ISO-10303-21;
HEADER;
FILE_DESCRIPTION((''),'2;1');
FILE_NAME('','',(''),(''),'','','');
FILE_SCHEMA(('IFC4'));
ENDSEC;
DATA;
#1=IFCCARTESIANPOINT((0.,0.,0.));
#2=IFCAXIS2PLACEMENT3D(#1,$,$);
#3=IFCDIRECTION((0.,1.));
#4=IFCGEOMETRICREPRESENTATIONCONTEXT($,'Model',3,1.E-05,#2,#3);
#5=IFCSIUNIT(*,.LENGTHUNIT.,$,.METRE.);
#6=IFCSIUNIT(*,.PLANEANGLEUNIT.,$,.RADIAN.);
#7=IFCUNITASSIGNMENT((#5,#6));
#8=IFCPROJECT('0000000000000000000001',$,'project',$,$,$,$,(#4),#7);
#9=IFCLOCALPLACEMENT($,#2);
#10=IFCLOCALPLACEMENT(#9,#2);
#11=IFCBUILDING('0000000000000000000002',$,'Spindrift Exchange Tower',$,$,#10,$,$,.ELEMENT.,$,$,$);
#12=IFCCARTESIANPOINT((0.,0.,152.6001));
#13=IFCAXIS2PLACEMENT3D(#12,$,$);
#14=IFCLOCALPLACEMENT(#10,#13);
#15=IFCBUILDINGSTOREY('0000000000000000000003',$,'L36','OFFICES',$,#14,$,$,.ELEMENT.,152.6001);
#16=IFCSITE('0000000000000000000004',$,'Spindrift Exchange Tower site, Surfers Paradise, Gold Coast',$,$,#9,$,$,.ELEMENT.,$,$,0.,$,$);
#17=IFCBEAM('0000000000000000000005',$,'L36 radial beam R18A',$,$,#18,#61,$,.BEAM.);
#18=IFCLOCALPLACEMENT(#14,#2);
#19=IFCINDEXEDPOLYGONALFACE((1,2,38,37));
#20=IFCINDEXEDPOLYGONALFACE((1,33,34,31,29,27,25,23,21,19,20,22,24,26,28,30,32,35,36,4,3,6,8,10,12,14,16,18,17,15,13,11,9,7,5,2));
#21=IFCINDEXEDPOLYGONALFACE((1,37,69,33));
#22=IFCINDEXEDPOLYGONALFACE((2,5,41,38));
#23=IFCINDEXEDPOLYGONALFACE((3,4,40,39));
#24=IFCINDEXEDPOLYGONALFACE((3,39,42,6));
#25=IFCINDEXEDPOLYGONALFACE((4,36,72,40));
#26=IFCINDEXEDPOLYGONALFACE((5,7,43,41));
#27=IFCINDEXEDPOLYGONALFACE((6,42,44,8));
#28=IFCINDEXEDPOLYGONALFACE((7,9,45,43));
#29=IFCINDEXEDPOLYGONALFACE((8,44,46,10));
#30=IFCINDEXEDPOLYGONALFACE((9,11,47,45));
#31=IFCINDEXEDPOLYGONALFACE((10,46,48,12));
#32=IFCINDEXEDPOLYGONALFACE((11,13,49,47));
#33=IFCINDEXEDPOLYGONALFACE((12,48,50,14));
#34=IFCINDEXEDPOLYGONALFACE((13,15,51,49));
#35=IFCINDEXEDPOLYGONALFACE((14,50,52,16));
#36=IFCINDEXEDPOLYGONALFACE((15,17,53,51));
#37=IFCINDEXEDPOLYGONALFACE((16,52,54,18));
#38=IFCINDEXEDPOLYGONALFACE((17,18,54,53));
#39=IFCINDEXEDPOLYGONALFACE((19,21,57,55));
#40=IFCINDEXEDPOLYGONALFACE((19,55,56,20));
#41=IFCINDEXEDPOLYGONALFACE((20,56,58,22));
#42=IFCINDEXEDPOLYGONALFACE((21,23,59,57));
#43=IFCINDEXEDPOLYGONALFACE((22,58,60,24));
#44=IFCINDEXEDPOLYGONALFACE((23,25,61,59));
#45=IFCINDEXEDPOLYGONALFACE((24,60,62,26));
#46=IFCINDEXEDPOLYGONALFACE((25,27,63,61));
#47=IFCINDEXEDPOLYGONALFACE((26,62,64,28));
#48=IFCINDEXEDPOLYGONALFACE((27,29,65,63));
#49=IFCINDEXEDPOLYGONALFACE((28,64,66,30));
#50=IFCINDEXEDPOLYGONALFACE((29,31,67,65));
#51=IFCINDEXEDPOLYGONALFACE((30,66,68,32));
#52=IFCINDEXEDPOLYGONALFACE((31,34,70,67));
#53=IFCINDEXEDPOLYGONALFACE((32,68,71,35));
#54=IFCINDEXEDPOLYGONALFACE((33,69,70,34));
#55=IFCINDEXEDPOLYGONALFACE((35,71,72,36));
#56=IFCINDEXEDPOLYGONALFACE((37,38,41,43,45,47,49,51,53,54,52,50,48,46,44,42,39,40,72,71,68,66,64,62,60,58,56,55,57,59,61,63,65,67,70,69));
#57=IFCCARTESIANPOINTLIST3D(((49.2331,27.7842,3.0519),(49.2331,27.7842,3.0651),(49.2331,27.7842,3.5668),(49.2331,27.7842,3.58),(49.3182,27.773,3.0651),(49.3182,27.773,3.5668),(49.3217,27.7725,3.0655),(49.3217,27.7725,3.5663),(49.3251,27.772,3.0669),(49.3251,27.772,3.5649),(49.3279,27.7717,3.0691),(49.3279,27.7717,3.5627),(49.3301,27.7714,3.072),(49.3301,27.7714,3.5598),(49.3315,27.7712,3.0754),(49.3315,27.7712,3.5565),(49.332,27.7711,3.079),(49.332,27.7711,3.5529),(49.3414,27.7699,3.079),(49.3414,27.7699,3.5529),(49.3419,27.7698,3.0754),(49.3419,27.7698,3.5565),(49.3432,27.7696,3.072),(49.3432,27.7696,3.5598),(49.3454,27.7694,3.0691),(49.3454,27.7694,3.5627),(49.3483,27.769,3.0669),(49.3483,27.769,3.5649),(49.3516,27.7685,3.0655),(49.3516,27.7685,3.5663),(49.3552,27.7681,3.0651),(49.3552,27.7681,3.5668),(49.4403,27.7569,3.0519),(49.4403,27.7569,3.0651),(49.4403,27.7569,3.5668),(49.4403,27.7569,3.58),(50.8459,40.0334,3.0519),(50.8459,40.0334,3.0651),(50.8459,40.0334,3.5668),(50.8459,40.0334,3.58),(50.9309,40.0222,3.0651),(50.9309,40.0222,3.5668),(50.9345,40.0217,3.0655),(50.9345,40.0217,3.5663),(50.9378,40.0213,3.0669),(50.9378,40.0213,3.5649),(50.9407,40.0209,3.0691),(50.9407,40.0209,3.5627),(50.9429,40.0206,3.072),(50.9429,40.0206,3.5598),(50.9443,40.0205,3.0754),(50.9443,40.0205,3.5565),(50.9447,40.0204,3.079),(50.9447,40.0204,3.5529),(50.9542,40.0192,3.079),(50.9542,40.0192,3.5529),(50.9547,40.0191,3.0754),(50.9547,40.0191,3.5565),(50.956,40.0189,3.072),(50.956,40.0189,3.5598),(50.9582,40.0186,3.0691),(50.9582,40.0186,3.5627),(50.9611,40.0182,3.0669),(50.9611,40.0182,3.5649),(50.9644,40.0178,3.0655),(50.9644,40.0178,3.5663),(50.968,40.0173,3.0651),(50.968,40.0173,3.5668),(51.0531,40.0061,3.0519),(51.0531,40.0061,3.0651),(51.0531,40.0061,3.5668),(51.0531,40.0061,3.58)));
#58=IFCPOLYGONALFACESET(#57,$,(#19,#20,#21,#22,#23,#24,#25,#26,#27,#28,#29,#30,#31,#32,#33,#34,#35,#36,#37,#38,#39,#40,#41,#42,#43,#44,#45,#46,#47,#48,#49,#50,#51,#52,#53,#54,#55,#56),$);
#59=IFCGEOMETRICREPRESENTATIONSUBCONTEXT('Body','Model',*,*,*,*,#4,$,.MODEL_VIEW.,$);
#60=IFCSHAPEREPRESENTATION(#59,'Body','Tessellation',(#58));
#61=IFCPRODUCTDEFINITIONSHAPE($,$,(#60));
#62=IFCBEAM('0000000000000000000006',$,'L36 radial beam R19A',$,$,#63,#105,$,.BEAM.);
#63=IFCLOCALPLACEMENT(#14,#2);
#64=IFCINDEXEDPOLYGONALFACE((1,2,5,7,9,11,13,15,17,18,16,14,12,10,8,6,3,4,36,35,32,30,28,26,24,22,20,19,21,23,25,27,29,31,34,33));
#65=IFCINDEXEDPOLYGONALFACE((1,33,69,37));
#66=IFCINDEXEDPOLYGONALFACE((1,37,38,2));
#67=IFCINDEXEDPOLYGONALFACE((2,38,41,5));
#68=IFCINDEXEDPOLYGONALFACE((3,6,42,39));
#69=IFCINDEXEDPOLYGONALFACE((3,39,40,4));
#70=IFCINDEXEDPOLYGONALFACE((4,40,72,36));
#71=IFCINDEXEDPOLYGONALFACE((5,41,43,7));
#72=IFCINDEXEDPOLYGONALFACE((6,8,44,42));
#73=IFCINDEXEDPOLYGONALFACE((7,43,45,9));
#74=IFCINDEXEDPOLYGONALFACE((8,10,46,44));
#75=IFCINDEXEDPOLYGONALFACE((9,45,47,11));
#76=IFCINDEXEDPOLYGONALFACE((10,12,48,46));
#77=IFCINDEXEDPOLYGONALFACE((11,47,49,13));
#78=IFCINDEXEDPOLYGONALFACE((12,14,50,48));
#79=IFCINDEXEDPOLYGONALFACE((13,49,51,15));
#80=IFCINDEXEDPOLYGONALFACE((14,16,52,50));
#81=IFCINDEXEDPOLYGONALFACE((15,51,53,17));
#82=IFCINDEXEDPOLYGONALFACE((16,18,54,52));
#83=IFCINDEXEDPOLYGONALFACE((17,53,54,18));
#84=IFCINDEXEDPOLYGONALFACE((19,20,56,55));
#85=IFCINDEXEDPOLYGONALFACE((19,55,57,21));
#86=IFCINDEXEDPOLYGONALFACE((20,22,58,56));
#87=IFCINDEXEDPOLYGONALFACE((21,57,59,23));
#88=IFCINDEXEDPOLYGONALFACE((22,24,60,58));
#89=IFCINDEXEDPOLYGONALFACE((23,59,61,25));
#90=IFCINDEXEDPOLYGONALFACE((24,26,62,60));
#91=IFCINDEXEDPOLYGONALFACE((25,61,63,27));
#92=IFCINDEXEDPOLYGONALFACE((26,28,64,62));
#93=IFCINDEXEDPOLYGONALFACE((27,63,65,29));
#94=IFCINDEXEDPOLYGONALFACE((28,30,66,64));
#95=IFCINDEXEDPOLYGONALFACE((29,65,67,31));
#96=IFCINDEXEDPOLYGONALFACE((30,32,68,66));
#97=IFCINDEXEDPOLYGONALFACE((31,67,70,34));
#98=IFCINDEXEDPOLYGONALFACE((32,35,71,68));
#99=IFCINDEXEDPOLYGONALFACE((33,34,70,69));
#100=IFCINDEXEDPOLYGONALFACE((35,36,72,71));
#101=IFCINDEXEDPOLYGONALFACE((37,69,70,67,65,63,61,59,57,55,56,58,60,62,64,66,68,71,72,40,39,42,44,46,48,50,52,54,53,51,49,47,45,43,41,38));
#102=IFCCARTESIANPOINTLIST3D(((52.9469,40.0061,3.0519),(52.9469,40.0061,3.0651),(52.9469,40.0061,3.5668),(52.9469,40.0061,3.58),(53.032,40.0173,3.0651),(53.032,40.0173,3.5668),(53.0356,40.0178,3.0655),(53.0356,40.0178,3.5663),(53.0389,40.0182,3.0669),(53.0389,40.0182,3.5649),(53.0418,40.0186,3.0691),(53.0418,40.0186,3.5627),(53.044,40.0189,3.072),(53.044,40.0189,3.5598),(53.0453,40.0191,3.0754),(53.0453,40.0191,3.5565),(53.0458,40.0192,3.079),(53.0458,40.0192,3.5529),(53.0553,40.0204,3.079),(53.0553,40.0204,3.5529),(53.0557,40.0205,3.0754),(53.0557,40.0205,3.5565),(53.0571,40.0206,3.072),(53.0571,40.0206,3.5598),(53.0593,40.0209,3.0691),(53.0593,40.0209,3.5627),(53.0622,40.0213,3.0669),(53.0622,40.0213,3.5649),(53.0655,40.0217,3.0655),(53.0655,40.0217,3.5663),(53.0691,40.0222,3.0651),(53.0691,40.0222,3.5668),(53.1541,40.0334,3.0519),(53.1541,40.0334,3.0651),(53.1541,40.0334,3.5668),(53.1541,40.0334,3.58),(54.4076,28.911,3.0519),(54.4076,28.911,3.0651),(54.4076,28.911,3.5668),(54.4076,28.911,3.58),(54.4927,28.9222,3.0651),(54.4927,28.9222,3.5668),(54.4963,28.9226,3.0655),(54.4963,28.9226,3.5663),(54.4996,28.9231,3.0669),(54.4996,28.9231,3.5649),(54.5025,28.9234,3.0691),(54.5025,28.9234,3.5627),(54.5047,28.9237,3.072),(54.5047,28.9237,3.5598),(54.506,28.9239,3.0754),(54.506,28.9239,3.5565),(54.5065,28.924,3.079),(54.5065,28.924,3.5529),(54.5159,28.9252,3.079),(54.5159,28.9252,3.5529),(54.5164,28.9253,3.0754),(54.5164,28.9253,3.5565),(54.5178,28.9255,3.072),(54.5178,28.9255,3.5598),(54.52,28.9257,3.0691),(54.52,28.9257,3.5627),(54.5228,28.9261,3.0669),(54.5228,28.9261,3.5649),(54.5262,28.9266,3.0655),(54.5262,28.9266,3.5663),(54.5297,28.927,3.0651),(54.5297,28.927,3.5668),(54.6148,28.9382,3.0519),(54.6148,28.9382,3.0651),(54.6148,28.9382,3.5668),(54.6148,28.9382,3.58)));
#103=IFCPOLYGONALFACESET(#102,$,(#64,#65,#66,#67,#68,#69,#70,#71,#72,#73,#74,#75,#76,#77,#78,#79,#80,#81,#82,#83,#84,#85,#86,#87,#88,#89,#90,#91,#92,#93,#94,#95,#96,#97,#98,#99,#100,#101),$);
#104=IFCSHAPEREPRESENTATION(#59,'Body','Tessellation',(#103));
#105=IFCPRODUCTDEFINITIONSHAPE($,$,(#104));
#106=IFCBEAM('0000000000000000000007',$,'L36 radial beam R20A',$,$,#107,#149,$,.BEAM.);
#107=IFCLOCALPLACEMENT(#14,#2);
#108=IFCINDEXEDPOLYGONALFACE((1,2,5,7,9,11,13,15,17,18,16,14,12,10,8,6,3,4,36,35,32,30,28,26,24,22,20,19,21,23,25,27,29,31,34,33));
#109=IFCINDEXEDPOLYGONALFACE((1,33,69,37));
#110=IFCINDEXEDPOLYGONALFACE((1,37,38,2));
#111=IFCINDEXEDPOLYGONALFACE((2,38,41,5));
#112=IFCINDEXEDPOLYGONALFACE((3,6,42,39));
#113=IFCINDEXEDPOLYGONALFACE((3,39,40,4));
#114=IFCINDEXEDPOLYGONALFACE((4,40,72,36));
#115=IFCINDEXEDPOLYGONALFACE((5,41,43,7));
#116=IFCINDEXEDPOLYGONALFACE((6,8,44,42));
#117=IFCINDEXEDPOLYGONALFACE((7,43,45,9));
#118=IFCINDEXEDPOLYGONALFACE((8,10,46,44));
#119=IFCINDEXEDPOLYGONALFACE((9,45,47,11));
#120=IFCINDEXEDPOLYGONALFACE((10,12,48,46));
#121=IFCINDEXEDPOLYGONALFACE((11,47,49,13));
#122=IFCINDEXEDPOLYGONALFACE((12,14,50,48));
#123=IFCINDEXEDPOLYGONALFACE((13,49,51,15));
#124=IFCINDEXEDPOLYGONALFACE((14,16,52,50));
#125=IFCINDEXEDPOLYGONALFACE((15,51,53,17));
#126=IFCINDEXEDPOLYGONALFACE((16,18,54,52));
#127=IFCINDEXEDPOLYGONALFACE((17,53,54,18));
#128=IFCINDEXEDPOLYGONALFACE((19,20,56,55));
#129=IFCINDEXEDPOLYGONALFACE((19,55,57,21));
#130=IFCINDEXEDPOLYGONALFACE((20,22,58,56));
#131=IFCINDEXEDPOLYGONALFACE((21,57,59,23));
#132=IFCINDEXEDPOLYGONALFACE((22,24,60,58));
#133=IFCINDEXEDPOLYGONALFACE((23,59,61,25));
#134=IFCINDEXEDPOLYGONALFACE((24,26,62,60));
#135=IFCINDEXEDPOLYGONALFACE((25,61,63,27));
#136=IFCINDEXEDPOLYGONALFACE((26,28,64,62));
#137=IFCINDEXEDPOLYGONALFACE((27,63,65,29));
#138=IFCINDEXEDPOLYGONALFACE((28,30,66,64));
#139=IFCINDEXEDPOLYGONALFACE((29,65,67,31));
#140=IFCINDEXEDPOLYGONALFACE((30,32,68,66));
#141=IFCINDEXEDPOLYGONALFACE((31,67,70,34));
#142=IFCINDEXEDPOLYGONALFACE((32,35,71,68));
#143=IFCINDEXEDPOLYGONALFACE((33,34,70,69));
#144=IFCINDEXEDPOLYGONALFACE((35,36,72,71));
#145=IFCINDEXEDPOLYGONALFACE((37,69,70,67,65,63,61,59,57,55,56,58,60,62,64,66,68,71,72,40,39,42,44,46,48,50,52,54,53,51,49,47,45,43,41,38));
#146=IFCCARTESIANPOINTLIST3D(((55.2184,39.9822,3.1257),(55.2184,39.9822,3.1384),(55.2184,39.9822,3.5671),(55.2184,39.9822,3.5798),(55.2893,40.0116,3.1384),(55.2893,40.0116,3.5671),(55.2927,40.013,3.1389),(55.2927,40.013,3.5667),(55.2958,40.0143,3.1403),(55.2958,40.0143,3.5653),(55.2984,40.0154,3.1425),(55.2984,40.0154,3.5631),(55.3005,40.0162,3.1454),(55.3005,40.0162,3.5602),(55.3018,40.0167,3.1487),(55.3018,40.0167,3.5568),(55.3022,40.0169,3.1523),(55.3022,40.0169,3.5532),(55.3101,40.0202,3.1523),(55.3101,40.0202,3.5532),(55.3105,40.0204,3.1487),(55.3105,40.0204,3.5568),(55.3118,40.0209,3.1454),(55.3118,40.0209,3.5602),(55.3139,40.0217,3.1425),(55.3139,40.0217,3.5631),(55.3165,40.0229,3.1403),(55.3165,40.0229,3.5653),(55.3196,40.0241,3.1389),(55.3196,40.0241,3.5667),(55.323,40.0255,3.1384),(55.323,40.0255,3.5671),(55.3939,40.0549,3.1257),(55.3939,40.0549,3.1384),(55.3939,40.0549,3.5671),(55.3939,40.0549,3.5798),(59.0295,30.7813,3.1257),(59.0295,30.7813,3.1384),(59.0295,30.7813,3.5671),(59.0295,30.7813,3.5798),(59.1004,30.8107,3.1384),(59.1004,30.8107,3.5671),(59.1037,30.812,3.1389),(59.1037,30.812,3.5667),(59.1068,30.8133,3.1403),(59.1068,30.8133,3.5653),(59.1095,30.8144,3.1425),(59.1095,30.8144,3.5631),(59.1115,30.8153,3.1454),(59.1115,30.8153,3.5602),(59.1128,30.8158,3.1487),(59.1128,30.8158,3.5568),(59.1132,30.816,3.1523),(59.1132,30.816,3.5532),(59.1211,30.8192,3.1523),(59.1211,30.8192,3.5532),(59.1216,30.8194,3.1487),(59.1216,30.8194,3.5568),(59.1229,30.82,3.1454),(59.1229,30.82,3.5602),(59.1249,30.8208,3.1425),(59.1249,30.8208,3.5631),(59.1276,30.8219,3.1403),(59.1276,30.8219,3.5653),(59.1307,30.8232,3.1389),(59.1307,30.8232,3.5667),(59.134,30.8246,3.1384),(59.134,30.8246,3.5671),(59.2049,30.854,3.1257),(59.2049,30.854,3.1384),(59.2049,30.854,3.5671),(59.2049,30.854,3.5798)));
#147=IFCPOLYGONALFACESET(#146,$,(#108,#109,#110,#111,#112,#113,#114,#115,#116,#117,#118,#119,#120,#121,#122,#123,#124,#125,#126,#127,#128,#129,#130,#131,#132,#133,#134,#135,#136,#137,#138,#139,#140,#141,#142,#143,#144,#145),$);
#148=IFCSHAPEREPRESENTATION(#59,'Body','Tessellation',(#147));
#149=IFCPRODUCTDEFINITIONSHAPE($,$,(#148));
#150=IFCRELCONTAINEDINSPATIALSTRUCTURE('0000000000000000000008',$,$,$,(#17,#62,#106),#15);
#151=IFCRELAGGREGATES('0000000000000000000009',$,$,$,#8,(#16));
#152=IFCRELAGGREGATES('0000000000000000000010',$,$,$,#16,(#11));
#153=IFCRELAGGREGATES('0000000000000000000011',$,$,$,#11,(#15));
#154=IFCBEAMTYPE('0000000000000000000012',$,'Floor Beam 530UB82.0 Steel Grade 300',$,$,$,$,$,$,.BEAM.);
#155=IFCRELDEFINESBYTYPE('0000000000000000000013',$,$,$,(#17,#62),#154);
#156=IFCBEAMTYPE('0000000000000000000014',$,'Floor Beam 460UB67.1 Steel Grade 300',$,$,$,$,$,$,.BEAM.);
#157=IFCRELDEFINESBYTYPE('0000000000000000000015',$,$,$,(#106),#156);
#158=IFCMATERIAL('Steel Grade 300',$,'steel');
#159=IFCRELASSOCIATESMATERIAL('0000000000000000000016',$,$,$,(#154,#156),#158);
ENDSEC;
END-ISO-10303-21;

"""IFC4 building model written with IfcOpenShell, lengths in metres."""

from ifc_helpers import new_model, si_unit, direction, frame, origin, origin_2d, place, context, subcontext, project, spatial, i_section, extrude, source, transform, mapped, material, material_profile, profile_set, type_object, element, save


model = new_model("IFC4")

# Units and contexts
model_context = context("Model", 3, precision=1e-05, world=origin(), true_north=direction((0.0, 1.0)))
body_context = subcontext(model_context, "Body", "Model", "MODEL_VIEW")
ifc_project = project(units=[si_unit("LENGTHUNIT", "METRE"), si_unit("PLANEANGLEUNIT", "RADIAN")], contexts=[model_context])

# Site, building, storey
site_placement = place(None, origin())
site = spatial("IfcSite", under=ifc_project, at=site_placement, Name="Spindrift Exchange Tower site, Surfers Paradise, Gold Coast", CompositionType="ELEMENT", RefElevation=0.0)
building_placement = place(site_placement, origin())
building = spatial("IfcBuilding", under=site, at=building_placement, Name="Spindrift Exchange Tower", CompositionType="ELEMENT")
storey_placement = place(building_placement, frame((0.0, 0.0, 152.6001)))
storey = spatial("IfcBuildingStorey", under=building, at=storey_placement, Name="L36", Description="OFFICES", CompositionType="ELEMENT", Elevation=152.6001)

# Beams
ifc_material_1 = material(Name="Steel Grade 300", Category="steel")
ifc_material_profile_1 = material_profile(ifc_material_1, i_section(OverallWidth=0.209, OverallDepth=0.5281, WebThickness=0.0095, FlangeThickness=0.0132, FilletRadius=0.0139, at=origin_2d()), Name="530UB82.0")
ifc_profile_set_1 = profile_set([ifc_material_profile_1], Name="Steel Grade 300")
beam_type_1 = type_object("IfcBeamType", Name="Floor Beam 530UB82.0 Steel Grade 300", PredefinedType="BEAM", material=ifc_profile_set_1)
shared_shape_1 = source(origin(), body_context, "Body", "SweptSolid", [
    extrude(i_section(OverallWidth=0.209, OverallDepth=0.5281, WebThickness=0.0095, FlangeThickness=0.0132, FilletRadius=0.0139, at=origin_2d()), origin(), (0.0, 0.0, 1.0), 12.355),
])
beam_1_placement = place(storey_placement, frame((50.9495, 40.0198, 3.3159), z_axis=(-0.130538, -0.991443, 0.0), x_axis=(0.991443, -0.130538, 0.0)))
element("IfcBeam", 1, at=beam_1_placement, inside=storey, type_object=beam_type_1, Name="L36 radial beam R18A", PredefinedType="BEAM", context=body_context, shape_type="MappedRepresentation", body=[
    mapped(shared_shape_1, transform((0.0, 0.0, 0.0), scale=1.0)),
])
shared_shape_2 = source(origin(), body_context, "Body", "SweptSolid", [
    extrude(i_section(OverallWidth=0.209, OverallDepth=0.5281, WebThickness=0.0095, FlangeThickness=0.0132, FilletRadius=0.0139, at=origin_2d()), origin(), (0.0, 0.0, 1.0), 11.1909),
])
beam_2_placement = place(storey_placement, frame((53.0505, 40.0198, 3.3159), z_axis=(0.130524, -0.991445, 0.0), x_axis=(0.991445, 0.130524, 0.0)))
element("IfcBeam", 2, at=beam_2_placement, inside=storey, type_object=beam_type_1, Name="L36 radial beam R19A", PredefinedType="BEAM", context=body_context, shape_type="MappedRepresentation", body=[
    mapped(shared_shape_2, transform((0.0, 0.0, 0.0), scale=1.0)),
])
ifc_material_profile_2 = material_profile(ifc_material_1, i_section(OverallWidth=0.1899, OverallDepth=0.4541, WebThickness=0.0085, FlangeThickness=0.0127, FilletRadius=0.0139, at=origin_2d()), Name="460UB67.1")
ifc_profile_set_2 = profile_set([ifc_material_profile_2], Name="Steel Grade 300")
beam_type_2 = type_object("IfcBeamType", Name="Floor Beam 460UB67.1 Steel Grade 300", PredefinedType="BEAM", material=ifc_profile_set_2)
shared_shape_3 = source(origin(), body_context, "Body", "SweptSolid", [
    extrude(i_section(OverallWidth=0.1899, OverallDepth=0.4541, WebThickness=0.0085, FlangeThickness=0.0127, FilletRadius=0.0139, at=origin_2d()), origin(), (0.0, 0.0, 1.0), 9.959),
])
beam_3_placement = place(storey_placement, frame((55.3062, 40.0186, 3.3528), z_axis=(0.382674, -0.923884, 0.0), x_axis=(0.923884, 0.382674, 0.0)))
element("IfcBeam", 3, at=beam_3_placement, inside=storey, type_object=beam_type_2, Name="L36 radial beam R20A", PredefinedType="BEAM", context=body_context, shape_type="MappedRepresentation", body=[
    mapped(shared_shape_3, transform((0.0, 0.0, 0.0), scale=1.0)),
])

save(model, "model.ifc")
